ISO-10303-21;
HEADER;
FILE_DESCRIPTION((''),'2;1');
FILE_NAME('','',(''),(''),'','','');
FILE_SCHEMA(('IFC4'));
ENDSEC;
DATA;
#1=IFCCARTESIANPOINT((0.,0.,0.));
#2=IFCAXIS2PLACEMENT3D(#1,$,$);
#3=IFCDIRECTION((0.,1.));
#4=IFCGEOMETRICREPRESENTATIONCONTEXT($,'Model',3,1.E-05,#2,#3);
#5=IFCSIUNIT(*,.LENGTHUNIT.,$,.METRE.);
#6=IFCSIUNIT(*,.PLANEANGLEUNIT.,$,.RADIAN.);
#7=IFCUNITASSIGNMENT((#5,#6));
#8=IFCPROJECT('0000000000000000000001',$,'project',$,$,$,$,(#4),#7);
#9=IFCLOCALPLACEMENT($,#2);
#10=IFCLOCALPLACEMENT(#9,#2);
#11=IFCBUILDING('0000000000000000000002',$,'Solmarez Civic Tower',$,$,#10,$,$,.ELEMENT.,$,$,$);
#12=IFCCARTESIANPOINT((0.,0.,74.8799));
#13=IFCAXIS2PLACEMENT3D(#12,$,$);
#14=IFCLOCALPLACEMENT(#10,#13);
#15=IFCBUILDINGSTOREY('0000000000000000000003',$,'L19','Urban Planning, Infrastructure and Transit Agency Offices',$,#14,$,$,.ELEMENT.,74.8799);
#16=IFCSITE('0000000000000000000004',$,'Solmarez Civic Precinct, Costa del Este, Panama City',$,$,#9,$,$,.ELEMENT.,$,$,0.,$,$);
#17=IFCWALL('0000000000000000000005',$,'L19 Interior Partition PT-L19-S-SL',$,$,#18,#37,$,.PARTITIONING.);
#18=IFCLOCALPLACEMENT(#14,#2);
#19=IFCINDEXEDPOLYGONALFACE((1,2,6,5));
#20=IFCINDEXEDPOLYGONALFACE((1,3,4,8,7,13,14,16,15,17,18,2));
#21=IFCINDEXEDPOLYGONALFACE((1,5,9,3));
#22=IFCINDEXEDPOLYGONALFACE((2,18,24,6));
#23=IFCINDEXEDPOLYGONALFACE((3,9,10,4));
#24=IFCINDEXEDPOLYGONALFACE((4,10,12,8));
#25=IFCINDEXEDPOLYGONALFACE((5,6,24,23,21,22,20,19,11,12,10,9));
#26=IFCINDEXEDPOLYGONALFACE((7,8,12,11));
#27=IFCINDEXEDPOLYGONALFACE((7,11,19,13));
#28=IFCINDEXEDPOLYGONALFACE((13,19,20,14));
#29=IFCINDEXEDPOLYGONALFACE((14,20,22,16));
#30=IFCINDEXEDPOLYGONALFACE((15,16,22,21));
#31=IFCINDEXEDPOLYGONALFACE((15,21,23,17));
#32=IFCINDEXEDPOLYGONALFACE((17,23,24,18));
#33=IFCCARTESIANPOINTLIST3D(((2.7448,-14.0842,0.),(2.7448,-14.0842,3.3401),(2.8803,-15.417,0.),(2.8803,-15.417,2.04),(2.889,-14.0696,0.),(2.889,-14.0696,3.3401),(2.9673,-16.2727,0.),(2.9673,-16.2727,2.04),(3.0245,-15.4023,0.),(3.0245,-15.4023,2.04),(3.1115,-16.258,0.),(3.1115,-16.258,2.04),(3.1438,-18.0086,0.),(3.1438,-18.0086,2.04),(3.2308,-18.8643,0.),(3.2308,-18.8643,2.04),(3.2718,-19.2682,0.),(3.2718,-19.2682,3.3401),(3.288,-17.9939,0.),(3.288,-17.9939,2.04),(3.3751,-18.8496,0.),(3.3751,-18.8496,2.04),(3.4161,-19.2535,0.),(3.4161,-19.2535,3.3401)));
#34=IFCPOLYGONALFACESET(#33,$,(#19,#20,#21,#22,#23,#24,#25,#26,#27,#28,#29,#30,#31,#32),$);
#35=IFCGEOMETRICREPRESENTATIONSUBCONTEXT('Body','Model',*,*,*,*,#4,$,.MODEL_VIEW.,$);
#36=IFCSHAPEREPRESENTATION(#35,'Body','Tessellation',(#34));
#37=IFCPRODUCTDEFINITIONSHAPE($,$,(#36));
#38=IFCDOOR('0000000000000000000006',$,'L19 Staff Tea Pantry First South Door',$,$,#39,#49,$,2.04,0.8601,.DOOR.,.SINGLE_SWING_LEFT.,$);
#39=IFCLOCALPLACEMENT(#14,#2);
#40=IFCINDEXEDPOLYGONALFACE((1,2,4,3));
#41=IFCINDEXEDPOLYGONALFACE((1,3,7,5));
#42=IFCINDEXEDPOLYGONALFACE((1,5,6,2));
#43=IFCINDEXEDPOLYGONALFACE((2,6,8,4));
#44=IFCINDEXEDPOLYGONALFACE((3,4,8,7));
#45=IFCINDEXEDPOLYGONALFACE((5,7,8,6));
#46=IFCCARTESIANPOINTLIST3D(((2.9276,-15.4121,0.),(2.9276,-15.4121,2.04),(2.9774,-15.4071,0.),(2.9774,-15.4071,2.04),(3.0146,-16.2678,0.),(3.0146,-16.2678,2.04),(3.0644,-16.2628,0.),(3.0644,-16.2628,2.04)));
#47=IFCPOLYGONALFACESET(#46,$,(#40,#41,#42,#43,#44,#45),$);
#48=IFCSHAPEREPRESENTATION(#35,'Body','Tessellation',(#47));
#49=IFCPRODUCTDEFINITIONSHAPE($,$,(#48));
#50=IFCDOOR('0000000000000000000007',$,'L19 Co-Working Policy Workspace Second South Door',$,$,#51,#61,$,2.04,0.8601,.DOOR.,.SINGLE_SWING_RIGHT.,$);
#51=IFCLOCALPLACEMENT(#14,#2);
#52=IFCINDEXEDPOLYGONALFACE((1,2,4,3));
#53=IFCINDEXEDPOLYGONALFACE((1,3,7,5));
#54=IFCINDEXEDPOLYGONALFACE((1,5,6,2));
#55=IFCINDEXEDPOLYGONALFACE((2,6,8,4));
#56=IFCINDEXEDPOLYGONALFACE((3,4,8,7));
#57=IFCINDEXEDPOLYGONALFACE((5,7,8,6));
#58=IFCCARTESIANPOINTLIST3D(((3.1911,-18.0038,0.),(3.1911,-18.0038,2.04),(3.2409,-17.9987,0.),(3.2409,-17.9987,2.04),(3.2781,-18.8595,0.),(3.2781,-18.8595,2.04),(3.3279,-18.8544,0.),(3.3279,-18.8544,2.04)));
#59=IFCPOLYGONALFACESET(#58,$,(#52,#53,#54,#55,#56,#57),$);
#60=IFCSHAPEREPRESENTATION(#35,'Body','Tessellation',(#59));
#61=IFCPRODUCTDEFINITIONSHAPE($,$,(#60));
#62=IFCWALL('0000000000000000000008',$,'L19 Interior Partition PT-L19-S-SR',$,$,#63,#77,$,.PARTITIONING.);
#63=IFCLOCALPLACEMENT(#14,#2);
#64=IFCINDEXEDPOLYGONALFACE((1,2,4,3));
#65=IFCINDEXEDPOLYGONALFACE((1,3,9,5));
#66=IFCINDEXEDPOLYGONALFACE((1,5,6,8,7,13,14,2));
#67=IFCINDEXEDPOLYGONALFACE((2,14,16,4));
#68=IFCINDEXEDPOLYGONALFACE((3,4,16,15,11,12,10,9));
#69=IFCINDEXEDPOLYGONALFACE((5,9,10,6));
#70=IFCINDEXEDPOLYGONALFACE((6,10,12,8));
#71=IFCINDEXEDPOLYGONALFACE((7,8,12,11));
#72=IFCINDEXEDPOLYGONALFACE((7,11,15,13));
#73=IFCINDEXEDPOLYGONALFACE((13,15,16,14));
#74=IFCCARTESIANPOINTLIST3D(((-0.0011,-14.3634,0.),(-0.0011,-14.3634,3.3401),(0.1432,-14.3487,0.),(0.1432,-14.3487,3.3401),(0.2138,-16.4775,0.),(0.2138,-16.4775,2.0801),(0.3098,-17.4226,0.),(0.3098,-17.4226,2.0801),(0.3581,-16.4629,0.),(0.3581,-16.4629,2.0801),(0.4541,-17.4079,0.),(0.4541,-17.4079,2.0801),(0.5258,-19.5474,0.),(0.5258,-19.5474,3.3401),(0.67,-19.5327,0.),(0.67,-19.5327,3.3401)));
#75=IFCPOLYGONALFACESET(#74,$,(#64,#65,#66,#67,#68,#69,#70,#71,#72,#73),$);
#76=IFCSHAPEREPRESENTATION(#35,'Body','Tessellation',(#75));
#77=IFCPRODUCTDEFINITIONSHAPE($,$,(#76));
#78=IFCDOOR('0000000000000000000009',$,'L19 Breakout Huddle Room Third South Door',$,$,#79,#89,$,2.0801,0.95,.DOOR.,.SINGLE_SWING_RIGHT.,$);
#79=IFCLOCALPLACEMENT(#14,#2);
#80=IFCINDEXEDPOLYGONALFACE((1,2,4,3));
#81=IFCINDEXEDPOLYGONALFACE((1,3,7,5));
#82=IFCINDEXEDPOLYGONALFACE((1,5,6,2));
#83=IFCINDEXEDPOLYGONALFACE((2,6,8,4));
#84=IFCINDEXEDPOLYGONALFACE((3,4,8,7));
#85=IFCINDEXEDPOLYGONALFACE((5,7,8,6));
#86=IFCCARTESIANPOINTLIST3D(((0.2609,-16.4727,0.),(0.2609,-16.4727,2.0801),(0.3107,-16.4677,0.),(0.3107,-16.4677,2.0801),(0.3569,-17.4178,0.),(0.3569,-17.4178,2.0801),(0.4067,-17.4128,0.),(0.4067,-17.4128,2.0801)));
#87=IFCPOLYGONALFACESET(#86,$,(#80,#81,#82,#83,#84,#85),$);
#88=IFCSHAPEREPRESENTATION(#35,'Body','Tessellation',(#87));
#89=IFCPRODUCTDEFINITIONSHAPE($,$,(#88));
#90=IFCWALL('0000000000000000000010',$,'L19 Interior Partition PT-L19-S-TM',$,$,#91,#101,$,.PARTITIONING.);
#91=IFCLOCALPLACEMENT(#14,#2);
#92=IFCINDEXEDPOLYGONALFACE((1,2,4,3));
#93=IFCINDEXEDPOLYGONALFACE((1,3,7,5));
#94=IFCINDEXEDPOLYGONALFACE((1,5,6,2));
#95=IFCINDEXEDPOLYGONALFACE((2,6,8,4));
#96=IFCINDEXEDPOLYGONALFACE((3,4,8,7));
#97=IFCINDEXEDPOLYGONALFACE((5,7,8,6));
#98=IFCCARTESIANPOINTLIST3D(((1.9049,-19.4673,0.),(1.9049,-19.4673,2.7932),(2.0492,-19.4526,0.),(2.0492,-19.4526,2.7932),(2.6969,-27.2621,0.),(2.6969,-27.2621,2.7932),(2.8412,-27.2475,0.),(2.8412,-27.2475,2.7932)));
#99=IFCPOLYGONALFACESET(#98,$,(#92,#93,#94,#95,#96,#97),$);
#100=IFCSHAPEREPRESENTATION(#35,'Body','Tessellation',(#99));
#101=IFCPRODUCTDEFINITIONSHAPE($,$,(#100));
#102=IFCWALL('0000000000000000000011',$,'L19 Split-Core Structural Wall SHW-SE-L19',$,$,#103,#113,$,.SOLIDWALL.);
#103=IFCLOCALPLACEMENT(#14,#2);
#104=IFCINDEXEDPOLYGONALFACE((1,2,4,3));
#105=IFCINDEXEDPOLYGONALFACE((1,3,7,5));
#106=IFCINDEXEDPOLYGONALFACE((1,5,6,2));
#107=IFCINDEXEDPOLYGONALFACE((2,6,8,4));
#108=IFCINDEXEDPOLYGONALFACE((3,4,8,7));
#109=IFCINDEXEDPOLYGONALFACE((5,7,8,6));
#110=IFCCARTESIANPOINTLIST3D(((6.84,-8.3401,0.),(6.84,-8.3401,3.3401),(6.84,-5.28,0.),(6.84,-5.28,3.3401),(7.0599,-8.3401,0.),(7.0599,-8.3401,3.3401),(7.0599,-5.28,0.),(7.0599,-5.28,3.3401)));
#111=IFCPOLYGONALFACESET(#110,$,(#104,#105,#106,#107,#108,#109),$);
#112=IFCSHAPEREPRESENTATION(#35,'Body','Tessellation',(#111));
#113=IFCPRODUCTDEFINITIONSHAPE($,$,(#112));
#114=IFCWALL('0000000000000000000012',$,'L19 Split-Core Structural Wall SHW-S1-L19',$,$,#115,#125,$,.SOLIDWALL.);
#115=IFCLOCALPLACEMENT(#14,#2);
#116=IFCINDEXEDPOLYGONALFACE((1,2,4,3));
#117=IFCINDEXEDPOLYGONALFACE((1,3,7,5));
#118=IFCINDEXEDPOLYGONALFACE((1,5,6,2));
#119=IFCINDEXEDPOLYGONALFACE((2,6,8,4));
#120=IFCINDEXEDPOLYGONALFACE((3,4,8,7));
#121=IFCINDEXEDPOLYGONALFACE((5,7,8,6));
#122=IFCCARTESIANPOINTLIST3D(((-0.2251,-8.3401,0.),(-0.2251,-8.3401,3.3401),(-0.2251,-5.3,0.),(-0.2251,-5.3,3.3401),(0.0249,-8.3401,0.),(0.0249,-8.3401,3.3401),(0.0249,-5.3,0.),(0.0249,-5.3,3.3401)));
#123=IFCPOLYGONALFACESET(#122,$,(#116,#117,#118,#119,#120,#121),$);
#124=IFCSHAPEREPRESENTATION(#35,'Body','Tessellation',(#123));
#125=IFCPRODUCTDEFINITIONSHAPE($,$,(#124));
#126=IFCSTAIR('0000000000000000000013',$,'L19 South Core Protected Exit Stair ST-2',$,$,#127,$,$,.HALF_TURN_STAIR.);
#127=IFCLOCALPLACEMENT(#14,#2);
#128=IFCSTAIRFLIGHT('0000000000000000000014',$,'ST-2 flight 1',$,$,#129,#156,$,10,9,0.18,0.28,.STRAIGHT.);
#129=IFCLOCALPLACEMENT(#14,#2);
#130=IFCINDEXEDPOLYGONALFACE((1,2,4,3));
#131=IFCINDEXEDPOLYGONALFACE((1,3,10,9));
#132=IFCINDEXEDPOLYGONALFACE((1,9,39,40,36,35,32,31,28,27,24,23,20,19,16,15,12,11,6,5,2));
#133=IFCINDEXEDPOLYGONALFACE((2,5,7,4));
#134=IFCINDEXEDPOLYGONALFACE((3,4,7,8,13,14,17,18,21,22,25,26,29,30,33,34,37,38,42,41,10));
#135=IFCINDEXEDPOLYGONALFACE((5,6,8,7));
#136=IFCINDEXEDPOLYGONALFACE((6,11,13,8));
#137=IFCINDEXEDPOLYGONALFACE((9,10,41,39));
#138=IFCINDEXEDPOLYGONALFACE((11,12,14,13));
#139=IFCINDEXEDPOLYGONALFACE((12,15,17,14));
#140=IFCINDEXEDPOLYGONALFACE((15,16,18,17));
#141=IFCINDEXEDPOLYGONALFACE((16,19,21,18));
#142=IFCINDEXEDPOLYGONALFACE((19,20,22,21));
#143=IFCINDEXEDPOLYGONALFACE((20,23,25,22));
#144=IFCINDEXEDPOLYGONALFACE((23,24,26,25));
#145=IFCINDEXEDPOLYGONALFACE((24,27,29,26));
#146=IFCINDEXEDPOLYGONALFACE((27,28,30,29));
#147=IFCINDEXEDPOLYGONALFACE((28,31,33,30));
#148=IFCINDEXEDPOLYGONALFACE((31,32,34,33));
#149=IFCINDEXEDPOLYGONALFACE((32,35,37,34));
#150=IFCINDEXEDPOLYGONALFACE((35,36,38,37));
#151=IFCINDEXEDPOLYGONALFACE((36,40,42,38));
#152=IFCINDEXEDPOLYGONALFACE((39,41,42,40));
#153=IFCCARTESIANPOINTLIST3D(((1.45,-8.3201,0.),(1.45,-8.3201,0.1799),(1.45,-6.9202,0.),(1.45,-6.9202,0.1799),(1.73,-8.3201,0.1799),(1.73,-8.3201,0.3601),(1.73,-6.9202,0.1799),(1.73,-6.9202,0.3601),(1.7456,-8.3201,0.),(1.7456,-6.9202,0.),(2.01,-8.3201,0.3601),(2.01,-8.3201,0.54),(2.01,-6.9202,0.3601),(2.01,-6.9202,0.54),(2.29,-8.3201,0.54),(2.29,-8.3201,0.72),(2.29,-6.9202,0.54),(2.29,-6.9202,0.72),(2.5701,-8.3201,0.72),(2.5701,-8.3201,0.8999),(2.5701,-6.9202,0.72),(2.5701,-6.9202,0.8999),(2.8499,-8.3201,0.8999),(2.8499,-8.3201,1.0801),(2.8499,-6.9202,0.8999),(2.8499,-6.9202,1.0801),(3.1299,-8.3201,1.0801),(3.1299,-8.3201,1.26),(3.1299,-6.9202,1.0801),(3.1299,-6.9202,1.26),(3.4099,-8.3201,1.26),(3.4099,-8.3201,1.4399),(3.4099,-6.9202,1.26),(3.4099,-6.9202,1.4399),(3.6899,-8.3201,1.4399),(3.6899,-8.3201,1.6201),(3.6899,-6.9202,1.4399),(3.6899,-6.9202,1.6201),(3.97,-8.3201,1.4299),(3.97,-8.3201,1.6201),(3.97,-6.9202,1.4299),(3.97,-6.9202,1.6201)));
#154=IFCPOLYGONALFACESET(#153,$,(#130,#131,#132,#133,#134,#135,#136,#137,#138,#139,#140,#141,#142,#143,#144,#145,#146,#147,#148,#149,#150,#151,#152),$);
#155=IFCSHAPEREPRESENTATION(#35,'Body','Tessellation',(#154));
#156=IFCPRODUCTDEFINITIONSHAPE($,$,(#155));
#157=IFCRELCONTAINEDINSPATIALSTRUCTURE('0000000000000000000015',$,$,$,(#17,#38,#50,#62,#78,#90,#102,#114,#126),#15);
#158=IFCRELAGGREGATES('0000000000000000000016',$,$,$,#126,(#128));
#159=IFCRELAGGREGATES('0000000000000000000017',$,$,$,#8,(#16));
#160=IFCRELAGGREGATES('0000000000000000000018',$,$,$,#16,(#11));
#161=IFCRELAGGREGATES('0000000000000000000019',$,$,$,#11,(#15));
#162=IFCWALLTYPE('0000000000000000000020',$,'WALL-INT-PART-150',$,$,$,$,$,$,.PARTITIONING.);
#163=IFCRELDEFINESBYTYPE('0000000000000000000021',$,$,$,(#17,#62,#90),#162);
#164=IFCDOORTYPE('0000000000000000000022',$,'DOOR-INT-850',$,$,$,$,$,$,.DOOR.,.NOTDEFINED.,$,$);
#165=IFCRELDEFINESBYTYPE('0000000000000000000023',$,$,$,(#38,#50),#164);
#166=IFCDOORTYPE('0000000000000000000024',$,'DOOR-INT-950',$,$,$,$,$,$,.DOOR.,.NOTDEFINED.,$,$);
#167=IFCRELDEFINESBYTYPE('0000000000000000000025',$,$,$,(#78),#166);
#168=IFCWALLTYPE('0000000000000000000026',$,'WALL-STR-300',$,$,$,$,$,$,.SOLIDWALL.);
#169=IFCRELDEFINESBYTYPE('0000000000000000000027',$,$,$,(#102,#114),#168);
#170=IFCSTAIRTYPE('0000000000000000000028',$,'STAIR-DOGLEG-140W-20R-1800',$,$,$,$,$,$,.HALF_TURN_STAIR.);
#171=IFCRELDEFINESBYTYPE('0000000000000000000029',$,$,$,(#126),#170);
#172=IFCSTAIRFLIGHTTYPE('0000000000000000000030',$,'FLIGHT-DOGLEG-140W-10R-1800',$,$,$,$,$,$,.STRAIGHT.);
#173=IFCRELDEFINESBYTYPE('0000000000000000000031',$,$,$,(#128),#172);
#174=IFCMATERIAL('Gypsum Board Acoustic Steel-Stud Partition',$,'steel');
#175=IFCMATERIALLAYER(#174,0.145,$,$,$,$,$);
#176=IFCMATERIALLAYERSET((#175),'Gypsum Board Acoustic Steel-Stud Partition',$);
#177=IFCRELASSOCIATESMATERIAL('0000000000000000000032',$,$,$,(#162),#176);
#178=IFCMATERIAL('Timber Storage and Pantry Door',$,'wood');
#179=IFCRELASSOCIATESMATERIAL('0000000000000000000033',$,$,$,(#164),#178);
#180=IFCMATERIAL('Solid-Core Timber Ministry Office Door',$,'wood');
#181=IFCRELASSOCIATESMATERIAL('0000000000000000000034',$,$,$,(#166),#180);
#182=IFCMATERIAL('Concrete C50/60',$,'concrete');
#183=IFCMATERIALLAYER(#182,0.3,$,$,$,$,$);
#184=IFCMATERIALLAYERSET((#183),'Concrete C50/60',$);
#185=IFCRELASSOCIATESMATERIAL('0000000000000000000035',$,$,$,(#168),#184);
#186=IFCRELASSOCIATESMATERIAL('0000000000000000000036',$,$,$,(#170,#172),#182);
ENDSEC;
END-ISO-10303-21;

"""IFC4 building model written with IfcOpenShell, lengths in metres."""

from ifc_helpers import new_model, si_unit, direction, frame, frame_2d, origin, place, context, subcontext, project, spatial, polyline, rectangle, outline, extrude, material, layer, layer_set, type_object, element, fill, aggregate, save


model = new_model("IFC4")

# Units and contexts
model_context = context("Model", 3, precision=1e-05, world=origin(), true_north=direction((0.0, 1.0)))
body_context = subcontext(model_context, "Body", "Model", "MODEL_VIEW")
ifc_project = project(units=[si_unit("LENGTHUNIT", "METRE"), si_unit("PLANEANGLEUNIT", "RADIAN")], contexts=[model_context])

# Site, building, storey
site_placement = place(None, origin())
site = spatial("IfcSite", under=ifc_project, at=site_placement, Name="Solmarez Civic Precinct, Costa del Este, Panama City", CompositionType="ELEMENT", RefElevation=0.0)
building_placement = place(site_placement, origin())
building = spatial("IfcBuilding", under=site, at=building_placement, Name="Solmarez Civic Tower", CompositionType="ELEMENT")
storey_placement = place(building_placement, frame((0.0, 0.0, 74.8799)))
storey = spatial("IfcBuildingStorey", under=building, at=storey_placement, Name="L19", Description="Urban Planning, Infrastructure and Transit Agency Offices", CompositionType="ELEMENT", Elevation=74.8799)

# Shared definitions
ifc_material_1 = material(Name="Concrete C50/60", Category="concrete")

# Shared definitions
ifc_material_2 = material(Name="Gypsum Board Acoustic Steel-Stud Partition", Category="steel")
ifc_layer_1 = layer(ifc_material_2, 0.145)
ifc_layer_set_1 = layer_set([ifc_layer_1], Name="Gypsum Board Acoustic Steel-Stud Partition")
wall_type_1 = type_object("IfcWallType", Name="WALL-INT-PART-150", PredefinedType="PARTITIONING", material=ifc_layer_set_1)

# Wall, openings, doors
wall_1_placement = place(storey_placement, frame((3.344, -19.261, 0.0), z_axis=(0.0, 0.0, 1.0), x_axis=(-0.101155, 0.994871, 0.0)))
wall_1 = element("IfcWall", 1, at=wall_1_placement, inside=storey, type_object=wall_type_1, Name="L19 Interior Partition PT-L19-S-SL", PredefinedType="PARTITIONING", context=body_context, shape_type="SweptSolid", body=[
    extrude(rectangle(XDim=5.2107, YDim=0.145, at=frame_2d((2.6055, 0.0))), origin(), (0.0, 0.0, 1.0), 3.3401),
])
opening_1_placement = place(wall_1_placement, frame((3.011, 0.0, 0.0)))
opening_1 = element("IfcOpeningElement", 2, at=opening_1_placement, cuts=wall_1, PredefinedType="OPENING", context=body_context, shape_type="SweptSolid", body=[
    extrude(rectangle(XDim=0.8601, YDim=2.04, at=frame_2d((0.4302, 1.02))), frame((0.0, 0.0825, 0.0), z_axis=(0.0, -1.0, 0.0), x_axis=(1.0, 0.0, 0.0)), (0.0, 0.0, 1.0), 0.165),
])
opening_2_placement = place(wall_1_placement, frame((0.406, 0.0, 0.0)))
opening_2 = element("IfcOpeningElement", 3, at=opening_2_placement, cuts=wall_1, PredefinedType="OPENING", context=body_context, shape_type="SweptSolid", body=[
    extrude(rectangle(XDim=0.8601, YDim=2.04, at=frame_2d((0.4302, 1.02))), frame((0.0, 0.0825, 0.0), z_axis=(0.0, -1.0, 0.0), x_axis=(1.0, 0.0, 0.0)), (0.0, 0.0, 1.0), 0.165),
])
ifc_material_3 = material(Name="Timber Storage and Pantry Door", Category="wood")
door_type_1 = type_object("IfcDoorType", Name="DOOR-INT-850", OperationType="NOTDEFINED", PredefinedType="DOOR", material=ifc_material_3)
door_1_placement = place(opening_1_placement, origin())
door_1 = element("IfcDoor", 4, at=door_1_placement, inside=storey, type_object=door_type_1, Name="L19 Staff Tea Pantry First South Door", OperationType="SINGLE_SWING_LEFT", OverallHeight=2.04, OverallWidth=0.8601, PredefinedType="DOOR", context=body_context, shape_type="SweptSolid", body=[
    extrude(rectangle(XDim=0.8601, YDim=2.04, at=frame_2d((0.4302, 1.02))), frame((0.0, 0.0249, 0.0), z_axis=(0.0, -1.0, 0.0), x_axis=(1.0, 0.0, 0.0)), (0.0, 0.0, 1.0), 0.05),
])
fill(opening_1, door_1)
door_2_placement = place(opening_2_placement, origin())
door_2 = element("IfcDoor", 5, at=door_2_placement, inside=storey, type_object=door_type_1, Name="L19 Co-Working Policy Workspace Second South Door", OperationType="SINGLE_SWING_RIGHT", OverallHeight=2.04, OverallWidth=0.8601, PredefinedType="DOOR", context=body_context, shape_type="SweptSolid", body=[
    extrude(rectangle(XDim=0.8601, YDim=2.04, at=frame_2d((0.4302, 1.02))), frame((0.0, 0.0249, 0.0), z_axis=(0.0, -1.0, 0.0), x_axis=(1.0, 0.0, 0.0)), (0.0, 0.0, 1.0), 0.05),
])
fill(opening_2, door_2)

# Wall, opening, door
wall_2_placement = place(storey_placement, frame((0.071, -14.356, 0.0), z_axis=(0.0, 0.0, 1.0), x_axis=(0.101109, -0.994875, 0.0)))
wall_2 = element("IfcWall", 6, at=wall_2_placement, inside=storey, type_object=wall_type_1, Name="L19 Interior Partition PT-L19-S-SR", PredefinedType="PARTITIONING", context=body_context, shape_type="SweptSolid", body=[
    extrude(rectangle(XDim=5.2107, YDim=0.145, at=frame_2d((2.6055, 0.0))), origin(), (0.0, 0.0, 1.0), 3.3401),
])
opening_3_placement = place(wall_2_placement, frame((2.125, 0.0, 0.0)))
opening_3 = element("IfcOpeningElement", 7, at=opening_3_placement, cuts=wall_2, PredefinedType="OPENING", context=body_context, shape_type="SweptSolid", body=[
    extrude(rectangle(XDim=0.95, YDim=2.0801, at=frame_2d((0.4751, 1.04))), frame((0.0, 0.0825, 0.0), z_axis=(0.0, -1.0, 0.0), x_axis=(1.0, 0.0, 0.0)), (0.0, 0.0, 1.0), 0.165),
])
ifc_material_4 = material(Name="Solid-Core Timber Ministry Office Door", Category="wood")
door_type_2 = type_object("IfcDoorType", Name="DOOR-INT-950", OperationType="NOTDEFINED", PredefinedType="DOOR", material=ifc_material_4)
door_3_placement = place(opening_3_placement, origin())
door_3 = element("IfcDoor", 8, at=door_3_placement, inside=storey, type_object=door_type_2, Name="L19 Breakout Huddle Room Third South Door", OperationType="SINGLE_SWING_RIGHT", OverallHeight=2.0801, OverallWidth=0.95, PredefinedType="DOOR", context=body_context, shape_type="SweptSolid", body=[
    extrude(rectangle(XDim=0.95, YDim=2.0801, at=frame_2d((0.4751, 1.04))), frame((0.0, 0.0249, 0.0), z_axis=(0.0, -1.0, 0.0), x_axis=(1.0, 0.0, 0.0)), (0.0, 0.0, 1.0), 0.05),
])
fill(opening_3, door_3)

# Walls
wall_3_placement = place(storey_placement, frame((1.9771, -19.46, 0.0), z_axis=(0.0, 0.0, 1.0), x_axis=(0.101083, -0.994878, 0.0)))
element("IfcWall", 9, at=wall_3_placement, inside=storey, type_object=wall_type_1, Name="L19 Interior Partition PT-L19-S-TM", PredefinedType="PARTITIONING", context=body_context, shape_type="SweptSolid", body=[
    extrude(rectangle(XDim=7.835, YDim=0.145, at=frame_2d((3.9175, 0.0))), origin(), (0.0, 0.0, 1.0), 2.7932),
])
ifc_layer_2 = layer(ifc_material_1, 0.3)
ifc_layer_set_2 = layer_set([ifc_layer_2], Name="Concrete C50/60")
wall_type_2 = type_object("IfcWallType", Name="WALL-STR-300", PredefinedType="SOLIDWALL", material=ifc_layer_set_2)
wall_4_placement = place(storey_placement, frame((6.95, -8.3401, 0.0), z_axis=(0.0, 0.0, 1.0), x_axis=(0.0, 1.0, 0.0)))
element("IfcWall", 10, at=wall_4_placement, inside=storey, type_object=wall_type_2, Name="L19 Split-Core Structural Wall SHW-SE-L19", PredefinedType="SOLIDWALL", context=body_context, shape_type="SweptSolid", body=[
    extrude(rectangle(XDim=3.0601, YDim=0.22, at=frame_2d((1.53, 0.0))), origin(), (0.0, 0.0, 1.0), 3.3401),
])
wall_5_placement = place(storey_placement, frame((-0.1001, -8.3401, 0.0), z_axis=(0.0, 0.0, 1.0), x_axis=(0.0, 1.0, 0.0)))
element("IfcWall", 11, at=wall_5_placement, inside=storey, type_object=wall_type_2, Name="L19 Split-Core Structural Wall SHW-S1-L19", PredefinedType="SOLIDWALL", context=body_context, shape_type="SweptSolid", body=[
    extrude(rectangle(XDim=3.04, YDim=0.25, at=frame_2d((1.52, 0.0))), origin(), (0.0, 0.0, 1.0), 3.3401),
])

# Stair, stair flight
stair_type = type_object("IfcStairType", Name="STAIR-DOGLEG-140W-20R-1800", PredefinedType="HALF_TURN_STAIR", material=ifc_material_1)
stair_placement = place(storey_placement, origin())
stair = element("IfcStair", 12, at=stair_placement, inside=storey, type_object=stair_type, Name="L19 South Core Protected Exit Stair ST-2", PredefinedType="HALF_TURN_STAIR")
stair_flight_type = type_object("IfcStairFlightType", Name="FLIGHT-DOGLEG-140W-10R-1800", PredefinedType="STRAIGHT", material=ifc_material_1)
stair_flight_placement = place(storey_placement, frame((1.45, -7.6201, 0.0), z_axis=(0.0, 0.0, 1.0), x_axis=(1.0, 0.0, 0.0)))
stair_flight = element("IfcStairFlight", 13, at=stair_flight_placement, type_object=stair_flight_type, Name="ST-2 flight 1", NumberOfRisers=10, NumberOfTreads=9, PredefinedType="STRAIGHT", RiserHeight=0.18, TreadLength=0.28, context=body_context, shape_type="SweptSolid", body=[
    extrude(outline(polyline([(0.0, 0.0), (0.0, 0.1799), (0.28, 0.1799), (0.28, 0.3601), (0.5601, 0.3601), (0.5601, 0.54), (0.8401, 0.54), (0.8401, 0.72), (1.1201, 0.72), (1.1201, 0.8999), (1.3999, 0.8999), (1.3999, 1.0801), (1.6799, 1.0801), (1.6799, 1.26), (1.96, 1.26), (1.96, 1.4399), (2.24, 1.4399), (2.24, 1.6201), (2.52, 1.6201), (2.52, 1.8), (2.52, 1.4299), (0.2957, 0.0), (0.0, 0.0)])), frame((0.0, 0.7, 0.0), z_axis=(0.0, -1.0, 0.0), x_axis=(1.0, 0.0, 0.0)), (0.0, 0.0, 1.0), 1.3999),
])
aggregate(stair, [stair_flight])

save(model, "model.ifc")
